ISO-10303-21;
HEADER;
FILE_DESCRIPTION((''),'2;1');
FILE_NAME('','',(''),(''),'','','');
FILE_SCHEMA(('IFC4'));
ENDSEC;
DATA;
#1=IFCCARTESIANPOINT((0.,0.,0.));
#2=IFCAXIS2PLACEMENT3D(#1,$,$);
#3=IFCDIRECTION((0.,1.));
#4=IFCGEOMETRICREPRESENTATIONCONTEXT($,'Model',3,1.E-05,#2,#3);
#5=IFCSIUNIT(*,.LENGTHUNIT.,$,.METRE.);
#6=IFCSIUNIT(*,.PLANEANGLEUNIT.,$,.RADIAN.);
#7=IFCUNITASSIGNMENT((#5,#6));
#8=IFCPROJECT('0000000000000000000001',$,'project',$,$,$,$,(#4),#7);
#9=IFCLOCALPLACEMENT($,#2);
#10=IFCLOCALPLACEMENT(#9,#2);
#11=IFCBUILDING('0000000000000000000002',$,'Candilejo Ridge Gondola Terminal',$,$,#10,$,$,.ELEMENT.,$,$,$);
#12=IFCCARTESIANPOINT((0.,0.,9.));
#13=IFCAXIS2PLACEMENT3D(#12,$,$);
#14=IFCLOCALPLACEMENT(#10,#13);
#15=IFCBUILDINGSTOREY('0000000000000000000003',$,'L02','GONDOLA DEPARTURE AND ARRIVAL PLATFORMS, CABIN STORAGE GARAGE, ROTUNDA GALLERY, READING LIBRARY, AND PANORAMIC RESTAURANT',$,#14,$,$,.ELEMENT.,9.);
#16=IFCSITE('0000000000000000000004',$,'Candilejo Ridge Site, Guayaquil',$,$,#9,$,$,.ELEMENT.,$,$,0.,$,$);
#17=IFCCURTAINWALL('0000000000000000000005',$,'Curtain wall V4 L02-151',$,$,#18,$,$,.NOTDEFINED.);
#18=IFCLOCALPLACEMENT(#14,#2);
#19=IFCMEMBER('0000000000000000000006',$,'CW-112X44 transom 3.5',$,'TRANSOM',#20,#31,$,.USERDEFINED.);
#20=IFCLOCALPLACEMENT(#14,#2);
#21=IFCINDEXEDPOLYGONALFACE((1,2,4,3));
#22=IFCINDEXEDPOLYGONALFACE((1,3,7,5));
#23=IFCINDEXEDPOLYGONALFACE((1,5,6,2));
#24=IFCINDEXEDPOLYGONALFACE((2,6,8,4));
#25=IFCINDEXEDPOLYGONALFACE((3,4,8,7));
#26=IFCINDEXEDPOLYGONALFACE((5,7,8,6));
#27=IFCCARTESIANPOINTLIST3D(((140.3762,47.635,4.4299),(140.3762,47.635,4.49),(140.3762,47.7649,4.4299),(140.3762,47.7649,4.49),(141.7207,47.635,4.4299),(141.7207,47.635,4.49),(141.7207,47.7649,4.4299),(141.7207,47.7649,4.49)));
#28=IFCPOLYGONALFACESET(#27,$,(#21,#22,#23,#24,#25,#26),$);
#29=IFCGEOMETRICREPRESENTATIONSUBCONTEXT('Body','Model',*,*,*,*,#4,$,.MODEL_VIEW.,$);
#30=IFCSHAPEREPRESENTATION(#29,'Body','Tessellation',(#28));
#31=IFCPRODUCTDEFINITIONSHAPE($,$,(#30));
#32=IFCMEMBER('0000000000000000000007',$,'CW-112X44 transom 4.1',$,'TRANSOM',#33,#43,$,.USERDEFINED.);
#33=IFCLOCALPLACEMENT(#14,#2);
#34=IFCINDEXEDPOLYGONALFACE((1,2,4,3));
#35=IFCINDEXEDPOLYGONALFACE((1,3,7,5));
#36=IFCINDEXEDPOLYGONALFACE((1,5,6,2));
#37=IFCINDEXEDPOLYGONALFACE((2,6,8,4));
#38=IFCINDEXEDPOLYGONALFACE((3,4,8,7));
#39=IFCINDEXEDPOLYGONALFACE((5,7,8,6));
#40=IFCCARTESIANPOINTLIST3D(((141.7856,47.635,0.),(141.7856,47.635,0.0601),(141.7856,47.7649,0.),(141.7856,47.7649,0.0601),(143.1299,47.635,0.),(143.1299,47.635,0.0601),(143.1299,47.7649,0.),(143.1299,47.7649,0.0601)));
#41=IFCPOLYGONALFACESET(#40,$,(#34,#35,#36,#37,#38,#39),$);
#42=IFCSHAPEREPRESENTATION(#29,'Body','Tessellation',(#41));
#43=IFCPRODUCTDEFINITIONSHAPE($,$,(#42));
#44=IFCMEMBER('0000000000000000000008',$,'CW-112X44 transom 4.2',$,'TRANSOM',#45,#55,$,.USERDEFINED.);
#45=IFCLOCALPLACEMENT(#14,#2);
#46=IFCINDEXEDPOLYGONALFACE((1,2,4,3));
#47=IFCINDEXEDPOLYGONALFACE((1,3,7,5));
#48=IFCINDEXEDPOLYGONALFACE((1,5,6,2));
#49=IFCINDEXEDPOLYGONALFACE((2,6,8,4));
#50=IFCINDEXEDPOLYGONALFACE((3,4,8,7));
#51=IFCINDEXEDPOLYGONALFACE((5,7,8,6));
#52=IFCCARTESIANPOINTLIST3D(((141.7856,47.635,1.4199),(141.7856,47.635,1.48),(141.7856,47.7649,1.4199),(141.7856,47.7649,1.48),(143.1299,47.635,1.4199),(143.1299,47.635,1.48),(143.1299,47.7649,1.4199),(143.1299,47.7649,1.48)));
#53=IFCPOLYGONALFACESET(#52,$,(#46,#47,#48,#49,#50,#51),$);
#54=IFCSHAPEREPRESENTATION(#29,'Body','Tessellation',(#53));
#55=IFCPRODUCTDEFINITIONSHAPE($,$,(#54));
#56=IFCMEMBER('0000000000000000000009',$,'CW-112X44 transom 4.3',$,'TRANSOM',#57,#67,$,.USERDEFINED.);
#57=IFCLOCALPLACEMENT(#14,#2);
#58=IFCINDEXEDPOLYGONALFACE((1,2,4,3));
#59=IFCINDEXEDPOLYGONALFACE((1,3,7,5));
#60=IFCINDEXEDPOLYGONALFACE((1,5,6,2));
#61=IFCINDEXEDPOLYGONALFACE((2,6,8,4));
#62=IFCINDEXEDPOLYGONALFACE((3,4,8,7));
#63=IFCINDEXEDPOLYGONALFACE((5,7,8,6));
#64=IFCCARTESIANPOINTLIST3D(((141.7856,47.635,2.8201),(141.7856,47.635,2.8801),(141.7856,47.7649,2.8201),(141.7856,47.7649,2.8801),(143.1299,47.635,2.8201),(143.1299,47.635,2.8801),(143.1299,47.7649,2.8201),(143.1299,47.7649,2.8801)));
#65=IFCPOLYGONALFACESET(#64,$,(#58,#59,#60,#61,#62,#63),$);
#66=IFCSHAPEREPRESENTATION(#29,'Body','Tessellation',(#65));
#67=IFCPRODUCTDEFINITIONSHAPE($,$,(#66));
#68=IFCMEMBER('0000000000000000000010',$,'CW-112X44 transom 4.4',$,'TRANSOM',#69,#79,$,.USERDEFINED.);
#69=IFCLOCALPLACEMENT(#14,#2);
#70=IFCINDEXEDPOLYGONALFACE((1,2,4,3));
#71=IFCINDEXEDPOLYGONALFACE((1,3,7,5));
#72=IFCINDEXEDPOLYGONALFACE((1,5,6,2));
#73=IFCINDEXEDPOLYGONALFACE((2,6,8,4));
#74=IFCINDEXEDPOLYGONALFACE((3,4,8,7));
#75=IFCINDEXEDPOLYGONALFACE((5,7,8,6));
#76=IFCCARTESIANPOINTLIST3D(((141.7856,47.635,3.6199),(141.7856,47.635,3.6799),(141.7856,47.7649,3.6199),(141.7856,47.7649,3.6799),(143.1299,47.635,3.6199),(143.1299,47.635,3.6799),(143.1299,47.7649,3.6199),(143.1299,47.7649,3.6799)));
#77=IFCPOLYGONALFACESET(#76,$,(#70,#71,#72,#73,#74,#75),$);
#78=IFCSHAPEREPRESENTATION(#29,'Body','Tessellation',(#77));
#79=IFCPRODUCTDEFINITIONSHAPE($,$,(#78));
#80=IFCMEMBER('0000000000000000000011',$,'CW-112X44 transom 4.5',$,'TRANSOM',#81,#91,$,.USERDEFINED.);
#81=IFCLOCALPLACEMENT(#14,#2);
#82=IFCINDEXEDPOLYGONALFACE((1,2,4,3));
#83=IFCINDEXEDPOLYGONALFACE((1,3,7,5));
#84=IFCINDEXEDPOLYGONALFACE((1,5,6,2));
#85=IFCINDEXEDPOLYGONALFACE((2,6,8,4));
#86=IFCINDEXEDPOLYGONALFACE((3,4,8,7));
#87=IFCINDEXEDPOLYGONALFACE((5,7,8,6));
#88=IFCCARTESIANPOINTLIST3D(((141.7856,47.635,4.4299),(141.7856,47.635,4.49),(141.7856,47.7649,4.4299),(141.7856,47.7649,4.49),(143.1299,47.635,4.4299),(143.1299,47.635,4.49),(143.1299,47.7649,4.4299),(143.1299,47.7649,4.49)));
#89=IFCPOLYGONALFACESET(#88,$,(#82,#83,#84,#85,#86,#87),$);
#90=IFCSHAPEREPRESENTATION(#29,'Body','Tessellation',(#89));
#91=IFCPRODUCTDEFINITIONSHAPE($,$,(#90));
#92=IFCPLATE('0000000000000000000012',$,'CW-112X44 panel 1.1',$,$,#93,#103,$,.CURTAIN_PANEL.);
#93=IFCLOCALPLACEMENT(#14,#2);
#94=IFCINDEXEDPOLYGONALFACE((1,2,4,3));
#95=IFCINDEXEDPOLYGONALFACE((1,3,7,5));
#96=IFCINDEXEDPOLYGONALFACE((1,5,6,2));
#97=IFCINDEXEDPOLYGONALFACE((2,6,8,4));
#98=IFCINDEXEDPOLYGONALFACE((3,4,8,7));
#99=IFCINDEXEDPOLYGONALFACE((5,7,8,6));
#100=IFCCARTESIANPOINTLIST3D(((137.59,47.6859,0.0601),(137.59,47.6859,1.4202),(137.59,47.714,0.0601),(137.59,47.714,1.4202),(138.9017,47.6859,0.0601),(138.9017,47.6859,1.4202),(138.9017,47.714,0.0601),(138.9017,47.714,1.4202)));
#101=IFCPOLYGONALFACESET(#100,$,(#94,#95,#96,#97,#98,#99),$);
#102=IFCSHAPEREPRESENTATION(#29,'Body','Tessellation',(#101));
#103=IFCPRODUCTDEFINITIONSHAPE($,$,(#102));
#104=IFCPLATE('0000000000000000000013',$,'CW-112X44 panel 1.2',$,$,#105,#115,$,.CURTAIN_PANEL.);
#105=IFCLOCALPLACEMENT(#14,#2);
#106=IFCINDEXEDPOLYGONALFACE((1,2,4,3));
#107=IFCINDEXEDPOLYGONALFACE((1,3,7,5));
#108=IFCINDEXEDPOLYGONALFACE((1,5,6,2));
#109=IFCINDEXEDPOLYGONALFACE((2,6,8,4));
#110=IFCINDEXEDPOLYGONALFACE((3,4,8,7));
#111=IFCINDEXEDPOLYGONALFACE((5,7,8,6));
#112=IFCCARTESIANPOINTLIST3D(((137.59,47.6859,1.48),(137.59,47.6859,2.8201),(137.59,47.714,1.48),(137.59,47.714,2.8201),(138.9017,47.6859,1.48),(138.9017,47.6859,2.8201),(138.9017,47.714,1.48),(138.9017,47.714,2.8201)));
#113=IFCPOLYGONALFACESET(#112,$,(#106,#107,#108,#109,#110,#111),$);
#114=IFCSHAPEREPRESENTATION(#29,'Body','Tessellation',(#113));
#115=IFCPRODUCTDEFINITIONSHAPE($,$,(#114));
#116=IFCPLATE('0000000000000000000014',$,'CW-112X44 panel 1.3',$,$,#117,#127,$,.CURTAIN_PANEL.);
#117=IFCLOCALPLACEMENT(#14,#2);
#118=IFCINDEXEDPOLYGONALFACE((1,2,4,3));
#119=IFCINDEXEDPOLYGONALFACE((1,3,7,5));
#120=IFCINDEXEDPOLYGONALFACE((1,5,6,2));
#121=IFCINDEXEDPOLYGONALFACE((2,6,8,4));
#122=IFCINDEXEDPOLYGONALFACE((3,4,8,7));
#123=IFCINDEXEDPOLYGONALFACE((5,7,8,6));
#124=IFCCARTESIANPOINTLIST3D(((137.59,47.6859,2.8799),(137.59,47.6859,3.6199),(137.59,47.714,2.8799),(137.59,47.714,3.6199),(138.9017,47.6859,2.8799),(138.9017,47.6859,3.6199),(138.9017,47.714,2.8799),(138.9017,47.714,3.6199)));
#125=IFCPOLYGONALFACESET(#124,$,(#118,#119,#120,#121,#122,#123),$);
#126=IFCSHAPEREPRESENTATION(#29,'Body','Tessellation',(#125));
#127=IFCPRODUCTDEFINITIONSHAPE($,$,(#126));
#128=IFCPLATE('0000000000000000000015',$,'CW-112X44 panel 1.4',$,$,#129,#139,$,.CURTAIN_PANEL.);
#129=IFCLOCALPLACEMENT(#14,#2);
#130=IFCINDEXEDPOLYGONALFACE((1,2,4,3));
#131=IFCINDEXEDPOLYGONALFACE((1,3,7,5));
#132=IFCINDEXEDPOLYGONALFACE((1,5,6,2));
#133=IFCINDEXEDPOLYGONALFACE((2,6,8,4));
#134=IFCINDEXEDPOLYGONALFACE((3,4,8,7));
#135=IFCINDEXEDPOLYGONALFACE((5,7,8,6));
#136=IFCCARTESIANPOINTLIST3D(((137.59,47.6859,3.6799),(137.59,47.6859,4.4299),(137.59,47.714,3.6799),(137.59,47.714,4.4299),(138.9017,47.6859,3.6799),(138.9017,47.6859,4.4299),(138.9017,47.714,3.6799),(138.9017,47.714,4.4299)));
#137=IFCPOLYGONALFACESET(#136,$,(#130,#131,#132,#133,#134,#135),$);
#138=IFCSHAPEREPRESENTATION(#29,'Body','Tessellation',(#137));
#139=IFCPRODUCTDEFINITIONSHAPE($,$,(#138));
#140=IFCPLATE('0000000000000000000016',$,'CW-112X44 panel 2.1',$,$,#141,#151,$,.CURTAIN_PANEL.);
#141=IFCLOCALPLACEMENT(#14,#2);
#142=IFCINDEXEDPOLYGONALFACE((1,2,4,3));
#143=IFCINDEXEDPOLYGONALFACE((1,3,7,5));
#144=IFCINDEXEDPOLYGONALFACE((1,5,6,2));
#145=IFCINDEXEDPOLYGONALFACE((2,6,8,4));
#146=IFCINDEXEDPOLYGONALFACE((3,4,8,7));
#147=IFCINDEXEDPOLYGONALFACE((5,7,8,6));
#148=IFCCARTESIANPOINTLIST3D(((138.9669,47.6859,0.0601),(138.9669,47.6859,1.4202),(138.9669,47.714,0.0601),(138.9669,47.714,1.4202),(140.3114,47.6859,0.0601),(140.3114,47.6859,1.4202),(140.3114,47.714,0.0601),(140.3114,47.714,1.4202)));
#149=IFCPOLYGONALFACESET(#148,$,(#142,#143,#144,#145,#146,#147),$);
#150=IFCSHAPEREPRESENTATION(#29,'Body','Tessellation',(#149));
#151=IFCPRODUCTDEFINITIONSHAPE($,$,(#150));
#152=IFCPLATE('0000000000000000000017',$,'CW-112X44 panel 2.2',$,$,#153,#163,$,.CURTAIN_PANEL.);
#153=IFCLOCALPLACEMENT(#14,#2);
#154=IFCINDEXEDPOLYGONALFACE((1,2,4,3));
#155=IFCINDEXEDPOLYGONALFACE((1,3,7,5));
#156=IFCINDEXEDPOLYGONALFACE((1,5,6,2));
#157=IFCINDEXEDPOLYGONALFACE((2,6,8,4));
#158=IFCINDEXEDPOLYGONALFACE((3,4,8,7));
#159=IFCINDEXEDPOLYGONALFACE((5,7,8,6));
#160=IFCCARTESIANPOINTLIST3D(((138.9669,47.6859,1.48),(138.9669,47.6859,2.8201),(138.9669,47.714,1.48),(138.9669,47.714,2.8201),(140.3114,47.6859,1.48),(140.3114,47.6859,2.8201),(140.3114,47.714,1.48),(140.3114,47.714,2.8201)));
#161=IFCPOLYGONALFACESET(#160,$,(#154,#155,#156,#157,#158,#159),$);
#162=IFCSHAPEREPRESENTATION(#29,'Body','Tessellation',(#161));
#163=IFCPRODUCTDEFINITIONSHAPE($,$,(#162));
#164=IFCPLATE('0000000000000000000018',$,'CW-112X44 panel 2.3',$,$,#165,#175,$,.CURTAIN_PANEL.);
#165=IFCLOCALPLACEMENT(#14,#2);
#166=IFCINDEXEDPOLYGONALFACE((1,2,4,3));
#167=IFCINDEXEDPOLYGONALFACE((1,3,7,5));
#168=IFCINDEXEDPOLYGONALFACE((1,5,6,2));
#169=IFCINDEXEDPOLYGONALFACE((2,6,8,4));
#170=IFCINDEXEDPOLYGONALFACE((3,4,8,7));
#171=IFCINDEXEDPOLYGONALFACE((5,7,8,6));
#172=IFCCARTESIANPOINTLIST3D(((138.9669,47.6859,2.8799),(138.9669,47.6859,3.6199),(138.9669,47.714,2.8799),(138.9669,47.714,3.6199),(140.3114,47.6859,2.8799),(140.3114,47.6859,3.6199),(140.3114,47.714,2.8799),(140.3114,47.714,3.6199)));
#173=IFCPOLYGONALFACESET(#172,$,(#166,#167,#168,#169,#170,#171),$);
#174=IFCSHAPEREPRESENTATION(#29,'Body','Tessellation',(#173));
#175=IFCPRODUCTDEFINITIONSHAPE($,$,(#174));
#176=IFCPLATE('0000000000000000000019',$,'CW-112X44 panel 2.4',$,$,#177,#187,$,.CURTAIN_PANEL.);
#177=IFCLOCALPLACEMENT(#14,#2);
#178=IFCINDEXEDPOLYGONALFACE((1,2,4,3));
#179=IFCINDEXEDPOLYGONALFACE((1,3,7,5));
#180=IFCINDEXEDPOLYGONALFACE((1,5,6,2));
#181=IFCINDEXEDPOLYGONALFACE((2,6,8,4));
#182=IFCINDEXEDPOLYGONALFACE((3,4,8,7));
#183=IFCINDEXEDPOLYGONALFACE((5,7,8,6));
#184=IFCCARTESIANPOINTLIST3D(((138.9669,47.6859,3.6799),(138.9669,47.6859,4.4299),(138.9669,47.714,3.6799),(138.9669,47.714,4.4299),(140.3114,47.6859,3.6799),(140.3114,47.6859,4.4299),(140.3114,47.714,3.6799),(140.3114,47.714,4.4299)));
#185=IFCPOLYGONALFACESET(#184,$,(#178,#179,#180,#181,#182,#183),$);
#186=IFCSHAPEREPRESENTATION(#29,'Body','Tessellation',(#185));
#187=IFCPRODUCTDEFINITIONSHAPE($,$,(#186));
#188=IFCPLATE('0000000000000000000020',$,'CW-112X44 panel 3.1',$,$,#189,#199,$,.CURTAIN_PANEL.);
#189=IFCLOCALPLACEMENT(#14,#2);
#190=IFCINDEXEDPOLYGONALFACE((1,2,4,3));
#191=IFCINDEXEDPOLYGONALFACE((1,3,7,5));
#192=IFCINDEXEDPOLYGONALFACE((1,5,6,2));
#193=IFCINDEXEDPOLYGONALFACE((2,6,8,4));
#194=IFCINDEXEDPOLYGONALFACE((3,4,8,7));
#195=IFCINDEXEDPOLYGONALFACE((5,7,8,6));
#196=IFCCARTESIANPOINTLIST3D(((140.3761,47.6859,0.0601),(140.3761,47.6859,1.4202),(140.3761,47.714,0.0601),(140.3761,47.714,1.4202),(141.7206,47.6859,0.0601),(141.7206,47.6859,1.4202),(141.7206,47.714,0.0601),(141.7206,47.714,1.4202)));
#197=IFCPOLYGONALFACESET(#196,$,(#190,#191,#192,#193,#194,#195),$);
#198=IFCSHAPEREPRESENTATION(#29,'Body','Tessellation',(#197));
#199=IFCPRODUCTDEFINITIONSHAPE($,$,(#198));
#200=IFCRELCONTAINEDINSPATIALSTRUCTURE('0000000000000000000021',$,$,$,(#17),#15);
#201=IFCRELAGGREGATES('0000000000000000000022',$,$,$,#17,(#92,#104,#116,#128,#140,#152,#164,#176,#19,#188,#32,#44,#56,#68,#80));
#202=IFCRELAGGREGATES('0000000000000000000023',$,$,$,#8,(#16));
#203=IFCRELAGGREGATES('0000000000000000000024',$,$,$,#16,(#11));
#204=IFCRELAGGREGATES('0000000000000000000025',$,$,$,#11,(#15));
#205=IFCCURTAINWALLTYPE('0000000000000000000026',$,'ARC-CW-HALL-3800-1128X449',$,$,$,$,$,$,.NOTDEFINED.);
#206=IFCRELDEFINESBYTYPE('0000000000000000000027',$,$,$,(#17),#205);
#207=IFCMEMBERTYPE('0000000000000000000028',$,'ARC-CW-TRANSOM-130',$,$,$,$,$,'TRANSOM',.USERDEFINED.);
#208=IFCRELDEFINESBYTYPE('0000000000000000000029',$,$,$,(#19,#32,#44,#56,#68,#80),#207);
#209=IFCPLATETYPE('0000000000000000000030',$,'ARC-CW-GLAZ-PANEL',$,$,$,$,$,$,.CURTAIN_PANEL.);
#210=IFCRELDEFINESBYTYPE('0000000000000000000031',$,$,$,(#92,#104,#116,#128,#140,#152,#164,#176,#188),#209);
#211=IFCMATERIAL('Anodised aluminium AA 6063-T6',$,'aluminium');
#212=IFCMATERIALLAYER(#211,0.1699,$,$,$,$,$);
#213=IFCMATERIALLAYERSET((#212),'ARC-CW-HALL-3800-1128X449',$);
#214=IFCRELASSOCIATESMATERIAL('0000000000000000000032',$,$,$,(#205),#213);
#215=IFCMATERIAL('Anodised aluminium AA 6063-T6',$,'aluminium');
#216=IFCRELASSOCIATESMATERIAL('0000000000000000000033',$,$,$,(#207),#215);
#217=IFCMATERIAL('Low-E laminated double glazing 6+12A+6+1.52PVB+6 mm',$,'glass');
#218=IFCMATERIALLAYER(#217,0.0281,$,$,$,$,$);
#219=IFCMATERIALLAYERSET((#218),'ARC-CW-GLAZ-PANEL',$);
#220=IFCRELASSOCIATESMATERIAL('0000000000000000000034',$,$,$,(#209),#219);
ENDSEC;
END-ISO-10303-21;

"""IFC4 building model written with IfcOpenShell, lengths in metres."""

from ifc_helpers import new_model, si_unit, direction, frame, origin, origin_2d, place, context, subcontext, project, spatial, rectangle, extrude, material, layer, layer_set, material_profile, profile_set, type_object, element, aggregate, save


model = new_model("IFC4")

# Units and contexts
model_context = context("Model", 3, precision=1e-05, world=origin(), true_north=direction((0.0, 1.0)))
body_context = subcontext(model_context, "Body", "Model", "MODEL_VIEW")
ifc_project = project(units=[si_unit("LENGTHUNIT", "METRE"), si_unit("PLANEANGLEUNIT", "RADIAN")], contexts=[model_context])

# Site, building, storey
site_placement = place(None, origin())
site = spatial("IfcSite", under=ifc_project, at=site_placement, Name="Candilejo Ridge Site, Guayaquil", CompositionType="ELEMENT", RefElevation=0.0)
building_placement = place(site_placement, origin())
building = spatial("IfcBuilding", under=site, at=building_placement, Name="Candilejo Ridge Gondola Terminal", CompositionType="ELEMENT")
storey_placement = place(building_placement, frame((0.0, 0.0, 9.0)))
storey = spatial("IfcBuildingStorey", under=building, at=storey_placement, Name="L02", Description="GONDOLA DEPARTURE AND ARRIVAL PLATFORMS, CABIN STORAGE GARAGE, ROTUNDA GALLERY, READING LIBRARY, AND PANORAMIC RESTAURANT", CompositionType="ELEMENT", Elevation=9.0)

# Curtain wall, members, plates
ifc_material_1 = material(Name="Anodised aluminium AA 6063-T6", Category="aluminium")
ifc_layer_1 = layer(ifc_material_1, 0.1699)
ifc_layer_set_1 = layer_set([ifc_layer_1], Name="ARC-CW-HALL-3800-1128X449")
curtain_wall_type = type_object("IfcCurtainWallType", Name="ARC-CW-HALL-3800-1128X449", PredefinedType="NOTDEFINED", material=ifc_layer_set_1)
curtain_wall_placement = place(storey_placement, origin())
curtain_wall = element("IfcCurtainWall", 1, at=curtain_wall_placement, inside=storey, type_object=curtain_wall_type, Name="Curtain wall V4 L02-151", PredefinedType="NOTDEFINED")
ifc_material_2 = material(Name="Anodised aluminium AA 6063-T6", Category="aluminium")
ifc_material_profile_1 = material_profile(ifc_material_2, rectangle(XDim=0.1299, YDim=0.0601, at=origin_2d()))
ifc_profile_set_1 = profile_set([ifc_material_profile_1], Name="Anodised aluminium AA 6063-T6")
member_type_1 = type_object("IfcMemberType", Name="ARC-CW-TRANSOM-130", ElementType="TRANSOM", PredefinedType="USERDEFINED", material=ifc_profile_set_1)
member_1_placement = place(storey_placement, frame((140.3762, 47.7, 4.46), z_axis=(1.0, 0.0, 0.0), x_axis=(0.0, 1.0, 0.0)))
member_1 = element("IfcMember", 2, at=member_1_placement, type_object=member_type_1, Name="CW-112X44 transom 3.5", ObjectType="TRANSOM", PredefinedType="USERDEFINED", context=body_context, shape_type="SweptSolid", body=[
    extrude(rectangle(XDim=0.1299, YDim=0.0601, at=origin_2d()), origin(), (0.0, 0.0, 1.0), 1.3445),
])
member_2_placement = place(storey_placement, frame((141.7856, 47.7, 0.03), z_axis=(1.0, 0.0, 0.0), x_axis=(0.0, 1.0, 0.0)))
member_2 = element("IfcMember", 3, at=member_2_placement, type_object=member_type_1, Name="CW-112X44 transom 4.1", ObjectType="TRANSOM", PredefinedType="USERDEFINED", context=body_context, shape_type="SweptSolid", body=[
    extrude(rectangle(XDim=0.1299, YDim=0.0601, at=origin_2d()), origin(), (0.0, 0.0, 1.0), 1.3442),
])
member_3_placement = place(storey_placement, frame((141.7856, 47.7, 1.45), z_axis=(1.0, 0.0, 0.0), x_axis=(0.0, 1.0, 0.0)))
member_3 = element("IfcMember", 4, at=member_3_placement, type_object=member_type_1, Name="CW-112X44 transom 4.2", ObjectType="TRANSOM", PredefinedType="USERDEFINED", context=body_context, shape_type="SweptSolid", body=[
    extrude(rectangle(XDim=0.1299, YDim=0.0601, at=origin_2d()), origin(), (0.0, 0.0, 1.0), 1.3442),
])
member_4_placement = place(storey_placement, frame((141.7856, 47.7, 2.8501), z_axis=(1.0, 0.0, 0.0), x_axis=(0.0, 1.0, 0.0)))
member_4 = element("IfcMember", 5, at=member_4_placement, type_object=member_type_1, Name="CW-112X44 transom 4.3", ObjectType="TRANSOM", PredefinedType="USERDEFINED", context=body_context, shape_type="SweptSolid", body=[
    extrude(rectangle(XDim=0.1299, YDim=0.0601, at=origin_2d()), origin(), (0.0, 0.0, 1.0), 1.3442),
])
member_5_placement = place(storey_placement, frame((141.7856, 47.7, 3.6499), z_axis=(1.0, 0.0, 0.0), x_axis=(0.0, 1.0, 0.0)))
member_5 = element("IfcMember", 6, at=member_5_placement, type_object=member_type_1, Name="CW-112X44 transom 4.4", ObjectType="TRANSOM", PredefinedType="USERDEFINED", context=body_context, shape_type="SweptSolid", body=[
    extrude(rectangle(XDim=0.1299, YDim=0.0601, at=origin_2d()), origin(), (0.0, 0.0, 1.0), 1.3442),
])
member_6_placement = place(storey_placement, frame((141.7856, 47.7, 4.46), z_axis=(1.0, 0.0, 0.0), x_axis=(0.0, 1.0, 0.0)))
member_6 = element("IfcMember", 7, at=member_6_placement, type_object=member_type_1, Name="CW-112X44 transom 4.5", ObjectType="TRANSOM", PredefinedType="USERDEFINED", context=body_context, shape_type="SweptSolid", body=[
    extrude(rectangle(XDim=0.1299, YDim=0.0601, at=origin_2d()), origin(), (0.0, 0.0, 1.0), 1.3442),
])
ifc_material_3 = material(Name="Low-E laminated double glazing 6+12A+6+1.52PVB+6 mm", Category="glass")
ifc_layer_2 = layer(ifc_material_3, 0.0281)
ifc_layer_set_2 = layer_set([ifc_layer_2], Name="ARC-CW-GLAZ-PANEL")
plate_type = type_object("IfcPlateType", Name="ARC-CW-GLAZ-PANEL", PredefinedType="CURTAIN_PANEL", material=ifc_layer_set_2)
plate_1_placement = place(storey_placement, frame((138.2458, 47.7, 0.0601), z_axis=(0.0, 0.0, 1.0), x_axis=(1.0, 0.0, 0.0)))
plate_1 = element("IfcPlate", 8, at=plate_1_placement, type_object=plate_type, Name="CW-112X44 panel 1.1", PredefinedType="CURTAIN_PANEL", context=body_context, shape_type="SweptSolid", body=[
    extrude(rectangle(XDim=1.3118, YDim=0.0281, at=origin_2d()), origin(), (0.0, 0.0, 1.0), 1.3601),
])
plate_2_placement = place(storey_placement, frame((138.2458, 47.7, 1.48), z_axis=(0.0, 0.0, 1.0), x_axis=(1.0, 0.0, 0.0)))
plate_2 = element("IfcPlate", 9, at=plate_2_placement, type_object=plate_type, Name="CW-112X44 panel 1.2", PredefinedType="CURTAIN_PANEL", context=body_context, shape_type="SweptSolid", body=[
    extrude(rectangle(XDim=1.3118, YDim=0.0281, at=origin_2d()), origin(), (0.0, 0.0, 1.0), 1.3401),
])
plate_3_placement = place(storey_placement, frame((138.2458, 47.7, 2.8799), z_axis=(0.0, 0.0, 1.0), x_axis=(1.0, 0.0, 0.0)))
plate_3 = element("IfcPlate", 10, at=plate_3_placement, type_object=plate_type, Name="CW-112X44 panel 1.3", PredefinedType="CURTAIN_PANEL", context=body_context, shape_type="SweptSolid", body=[
    extrude(rectangle(XDim=1.3118, YDim=0.0281, at=origin_2d()), origin(), (0.0, 0.0, 1.0), 0.74),
])
plate_4_placement = place(storey_placement, frame((138.2458, 47.7, 3.6799), z_axis=(0.0, 0.0, 1.0), x_axis=(1.0, 0.0, 0.0)))
plate_4 = element("IfcPlate", 11, at=plate_4_placement, type_object=plate_type, Name="CW-112X44 panel 1.4", PredefinedType="CURTAIN_PANEL", context=body_context, shape_type="SweptSolid", body=[
    extrude(rectangle(XDim=1.3118, YDim=0.0281, at=origin_2d()), origin(), (0.0, 0.0, 1.0), 0.75),
])
plate_5_placement = place(storey_placement, frame((139.6392, 47.7, 0.0601), z_axis=(0.0, 0.0, 1.0), x_axis=(1.0, 0.0, 0.0)))
plate_5 = element("IfcPlate", 12, at=plate_5_placement, type_object=plate_type, Name="CW-112X44 panel 2.1", PredefinedType="CURTAIN_PANEL", context=body_context, shape_type="SweptSolid", body=[
    extrude(rectangle(XDim=1.3445, YDim=0.0281, at=origin_2d()), origin(), (0.0, 0.0, 1.0), 1.3601),
])
plate_6_placement = place(storey_placement, frame((139.6392, 47.7, 1.48), z_axis=(0.0, 0.0, 1.0), x_axis=(1.0, 0.0, 0.0)))
plate_6 = element("IfcPlate", 13, at=plate_6_placement, type_object=plate_type, Name="CW-112X44 panel 2.2", PredefinedType="CURTAIN_PANEL", context=body_context, shape_type="SweptSolid", body=[
    extrude(rectangle(XDim=1.3445, YDim=0.0281, at=origin_2d()), origin(), (0.0, 0.0, 1.0), 1.3401),
])
plate_7_placement = place(storey_placement, frame((139.6392, 47.7, 2.8799), z_axis=(0.0, 0.0, 1.0), x_axis=(1.0, 0.0, 0.0)))
plate_7 = element("IfcPlate", 14, at=plate_7_placement, type_object=plate_type, Name="CW-112X44 panel 2.3", PredefinedType="CURTAIN_PANEL", context=body_context, shape_type="SweptSolid", body=[
    extrude(rectangle(XDim=1.3445, YDim=0.0281, at=origin_2d()), origin(), (0.0, 0.0, 1.0), 0.74),
])
plate_8_placement = place(storey_placement, frame((139.6392, 47.7, 3.6799), z_axis=(0.0, 0.0, 1.0), x_axis=(1.0, 0.0, 0.0)))
plate_8 = element("IfcPlate", 15, at=plate_8_placement, type_object=plate_type, Name="CW-112X44 panel 2.4", PredefinedType="CURTAIN_PANEL", context=body_context, shape_type="SweptSolid", body=[
    extrude(rectangle(XDim=1.3445, YDim=0.0281, at=origin_2d()), origin(), (0.0, 0.0, 1.0), 0.75),
])
plate_9_placement = place(storey_placement, frame((141.0483, 47.7, 0.0601), z_axis=(0.0, 0.0, 1.0), x_axis=(1.0, 0.0, 0.0)))
plate_9 = element("IfcPlate", 16, at=plate_9_placement, type_object=plate_type, Name="CW-112X44 panel 3.1", PredefinedType="CURTAIN_PANEL", context=body_context, shape_type="SweptSolid", body=[
    extrude(rectangle(XDim=1.3445, YDim=0.0281, at=origin_2d()), origin(), (0.0, 0.0, 1.0), 1.3601),
])
aggregate(curtain_wall, [plate_1, plate_2, plate_3, plate_4, plate_5, plate_6, plate_7, plate_8, member_1, plate_9, member_2, member_3, member_4, member_5, member_6])

save(model, "model.ifc")
